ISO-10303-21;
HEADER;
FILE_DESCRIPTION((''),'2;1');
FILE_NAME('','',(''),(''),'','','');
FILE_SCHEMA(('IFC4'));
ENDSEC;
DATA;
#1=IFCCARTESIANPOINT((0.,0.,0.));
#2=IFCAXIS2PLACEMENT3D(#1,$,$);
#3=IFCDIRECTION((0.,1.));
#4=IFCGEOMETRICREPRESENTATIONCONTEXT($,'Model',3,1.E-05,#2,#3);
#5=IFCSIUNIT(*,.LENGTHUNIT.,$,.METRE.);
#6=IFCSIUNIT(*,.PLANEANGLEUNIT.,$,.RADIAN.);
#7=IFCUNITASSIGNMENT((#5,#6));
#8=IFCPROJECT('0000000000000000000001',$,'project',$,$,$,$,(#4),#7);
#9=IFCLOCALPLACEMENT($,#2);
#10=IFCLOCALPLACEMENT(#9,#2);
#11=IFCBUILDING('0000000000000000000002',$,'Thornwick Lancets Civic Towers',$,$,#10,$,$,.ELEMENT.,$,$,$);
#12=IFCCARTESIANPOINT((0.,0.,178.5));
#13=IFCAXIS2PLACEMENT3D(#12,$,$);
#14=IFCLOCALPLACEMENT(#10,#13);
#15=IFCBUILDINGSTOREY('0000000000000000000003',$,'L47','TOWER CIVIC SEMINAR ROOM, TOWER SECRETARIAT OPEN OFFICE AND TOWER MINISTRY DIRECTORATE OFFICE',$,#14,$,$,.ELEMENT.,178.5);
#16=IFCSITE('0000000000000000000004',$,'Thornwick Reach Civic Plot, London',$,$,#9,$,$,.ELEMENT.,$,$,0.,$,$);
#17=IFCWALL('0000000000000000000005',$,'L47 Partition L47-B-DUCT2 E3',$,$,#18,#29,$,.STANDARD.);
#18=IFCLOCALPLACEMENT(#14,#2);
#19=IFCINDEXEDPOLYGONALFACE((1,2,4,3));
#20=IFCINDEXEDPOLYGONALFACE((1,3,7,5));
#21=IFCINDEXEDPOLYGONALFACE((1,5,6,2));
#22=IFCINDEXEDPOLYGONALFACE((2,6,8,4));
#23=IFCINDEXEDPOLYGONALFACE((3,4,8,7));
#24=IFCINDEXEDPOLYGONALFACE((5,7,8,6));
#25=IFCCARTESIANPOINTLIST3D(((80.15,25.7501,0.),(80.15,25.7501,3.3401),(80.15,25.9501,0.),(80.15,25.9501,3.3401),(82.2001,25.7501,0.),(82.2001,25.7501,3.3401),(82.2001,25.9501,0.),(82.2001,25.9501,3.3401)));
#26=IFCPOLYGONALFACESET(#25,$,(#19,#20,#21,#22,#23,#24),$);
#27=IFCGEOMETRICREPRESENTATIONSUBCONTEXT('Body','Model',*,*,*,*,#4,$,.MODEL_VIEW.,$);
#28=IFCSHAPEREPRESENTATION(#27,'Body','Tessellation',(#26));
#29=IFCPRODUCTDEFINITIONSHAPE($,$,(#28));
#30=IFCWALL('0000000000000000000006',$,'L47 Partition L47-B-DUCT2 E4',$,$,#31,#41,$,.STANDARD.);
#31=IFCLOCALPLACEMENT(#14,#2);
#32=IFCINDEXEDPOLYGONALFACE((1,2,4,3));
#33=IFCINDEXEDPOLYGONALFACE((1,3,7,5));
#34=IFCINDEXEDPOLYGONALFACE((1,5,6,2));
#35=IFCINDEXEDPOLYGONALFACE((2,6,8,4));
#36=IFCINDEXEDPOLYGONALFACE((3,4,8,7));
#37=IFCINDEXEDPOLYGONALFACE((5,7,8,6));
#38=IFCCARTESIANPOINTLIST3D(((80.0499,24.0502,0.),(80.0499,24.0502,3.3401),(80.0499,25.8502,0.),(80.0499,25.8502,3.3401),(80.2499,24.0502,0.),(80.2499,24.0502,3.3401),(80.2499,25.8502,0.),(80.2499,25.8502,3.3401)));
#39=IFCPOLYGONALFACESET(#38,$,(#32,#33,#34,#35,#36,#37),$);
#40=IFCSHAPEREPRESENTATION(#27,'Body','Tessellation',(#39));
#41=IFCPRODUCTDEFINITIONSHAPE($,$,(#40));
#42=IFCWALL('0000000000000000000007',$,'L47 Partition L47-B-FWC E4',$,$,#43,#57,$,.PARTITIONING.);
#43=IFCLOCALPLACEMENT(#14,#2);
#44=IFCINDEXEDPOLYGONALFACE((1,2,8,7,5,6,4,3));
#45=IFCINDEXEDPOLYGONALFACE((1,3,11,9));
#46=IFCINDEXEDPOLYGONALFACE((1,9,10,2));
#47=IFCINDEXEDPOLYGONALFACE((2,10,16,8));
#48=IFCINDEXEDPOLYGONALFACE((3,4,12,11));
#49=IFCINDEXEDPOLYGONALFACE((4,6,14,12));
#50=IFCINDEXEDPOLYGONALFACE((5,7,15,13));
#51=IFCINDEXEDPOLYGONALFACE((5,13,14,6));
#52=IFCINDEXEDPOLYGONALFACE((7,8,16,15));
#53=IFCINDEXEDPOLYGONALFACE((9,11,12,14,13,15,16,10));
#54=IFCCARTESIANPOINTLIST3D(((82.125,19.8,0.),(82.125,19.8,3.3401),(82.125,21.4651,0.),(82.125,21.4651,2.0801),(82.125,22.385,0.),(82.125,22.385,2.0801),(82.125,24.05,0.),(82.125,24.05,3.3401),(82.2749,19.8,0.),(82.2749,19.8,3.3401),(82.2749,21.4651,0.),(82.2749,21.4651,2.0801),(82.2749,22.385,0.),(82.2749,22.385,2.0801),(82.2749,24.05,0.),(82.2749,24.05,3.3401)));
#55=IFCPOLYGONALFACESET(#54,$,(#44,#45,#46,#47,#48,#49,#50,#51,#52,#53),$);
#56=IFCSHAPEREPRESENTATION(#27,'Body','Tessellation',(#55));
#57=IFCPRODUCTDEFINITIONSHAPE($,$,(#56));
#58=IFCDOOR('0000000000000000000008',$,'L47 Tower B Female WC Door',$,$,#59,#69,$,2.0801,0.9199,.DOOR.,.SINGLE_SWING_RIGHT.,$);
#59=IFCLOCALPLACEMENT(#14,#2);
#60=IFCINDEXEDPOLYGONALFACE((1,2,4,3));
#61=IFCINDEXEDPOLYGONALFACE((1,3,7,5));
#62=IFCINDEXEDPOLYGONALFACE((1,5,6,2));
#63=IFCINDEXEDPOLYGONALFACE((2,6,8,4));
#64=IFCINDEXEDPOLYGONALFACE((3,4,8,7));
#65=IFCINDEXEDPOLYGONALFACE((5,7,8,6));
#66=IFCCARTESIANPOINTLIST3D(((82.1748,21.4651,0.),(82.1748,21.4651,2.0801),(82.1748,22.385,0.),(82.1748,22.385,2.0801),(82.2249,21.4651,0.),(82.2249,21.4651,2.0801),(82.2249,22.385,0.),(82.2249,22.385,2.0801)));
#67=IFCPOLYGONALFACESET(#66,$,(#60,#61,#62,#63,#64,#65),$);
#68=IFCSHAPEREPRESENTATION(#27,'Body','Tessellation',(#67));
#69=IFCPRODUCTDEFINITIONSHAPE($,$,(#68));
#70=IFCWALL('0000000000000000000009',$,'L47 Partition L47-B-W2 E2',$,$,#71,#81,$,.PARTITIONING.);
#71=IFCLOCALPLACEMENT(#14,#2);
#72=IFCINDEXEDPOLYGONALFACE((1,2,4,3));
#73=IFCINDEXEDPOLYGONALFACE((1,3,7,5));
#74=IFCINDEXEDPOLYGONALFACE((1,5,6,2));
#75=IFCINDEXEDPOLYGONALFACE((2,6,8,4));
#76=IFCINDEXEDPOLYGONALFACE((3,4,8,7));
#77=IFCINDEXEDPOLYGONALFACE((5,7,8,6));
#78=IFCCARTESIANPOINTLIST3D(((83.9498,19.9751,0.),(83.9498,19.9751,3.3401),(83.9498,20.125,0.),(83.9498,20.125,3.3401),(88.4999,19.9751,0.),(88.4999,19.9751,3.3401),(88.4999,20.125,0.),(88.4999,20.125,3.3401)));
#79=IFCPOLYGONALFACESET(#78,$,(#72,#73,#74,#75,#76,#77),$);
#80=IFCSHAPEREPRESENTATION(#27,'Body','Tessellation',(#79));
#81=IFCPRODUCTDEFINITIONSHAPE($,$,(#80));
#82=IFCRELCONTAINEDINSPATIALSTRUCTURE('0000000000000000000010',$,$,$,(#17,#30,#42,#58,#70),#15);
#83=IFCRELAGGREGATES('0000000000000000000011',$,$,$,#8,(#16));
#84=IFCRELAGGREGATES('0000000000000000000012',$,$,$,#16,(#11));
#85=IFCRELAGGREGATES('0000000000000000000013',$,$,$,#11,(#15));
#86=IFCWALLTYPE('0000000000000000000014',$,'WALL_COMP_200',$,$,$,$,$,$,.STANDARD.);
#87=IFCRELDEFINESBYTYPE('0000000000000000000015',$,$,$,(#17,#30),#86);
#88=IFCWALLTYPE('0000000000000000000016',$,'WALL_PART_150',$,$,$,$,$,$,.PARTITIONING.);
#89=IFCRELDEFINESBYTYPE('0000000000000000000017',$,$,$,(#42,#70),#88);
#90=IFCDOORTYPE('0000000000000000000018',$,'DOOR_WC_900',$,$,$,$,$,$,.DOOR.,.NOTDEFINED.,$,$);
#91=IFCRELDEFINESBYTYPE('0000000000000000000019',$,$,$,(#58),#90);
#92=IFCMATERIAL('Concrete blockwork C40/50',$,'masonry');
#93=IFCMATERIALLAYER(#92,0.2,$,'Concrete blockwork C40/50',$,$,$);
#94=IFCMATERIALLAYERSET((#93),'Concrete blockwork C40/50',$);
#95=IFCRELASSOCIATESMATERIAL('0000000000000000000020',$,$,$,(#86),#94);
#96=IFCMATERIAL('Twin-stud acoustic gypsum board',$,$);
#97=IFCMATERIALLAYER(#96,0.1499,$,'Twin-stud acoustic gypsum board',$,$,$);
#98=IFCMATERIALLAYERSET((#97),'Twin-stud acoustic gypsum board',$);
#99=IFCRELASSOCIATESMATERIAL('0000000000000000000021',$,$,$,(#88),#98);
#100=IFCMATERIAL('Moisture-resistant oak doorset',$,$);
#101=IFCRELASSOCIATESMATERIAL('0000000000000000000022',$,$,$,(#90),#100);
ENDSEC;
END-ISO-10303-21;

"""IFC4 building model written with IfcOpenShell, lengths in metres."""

from ifc_helpers import new_model, si_unit, direction, frame, frame_2d, origin, place, context, subcontext, project, spatial, rectangle, extrude, material, layer, layer_set, type_object, element, fill, save


model = new_model("IFC4")

# Units and contexts
model_context = context("Model", 3, precision=1e-05, world=origin(), true_north=direction((0.0, 1.0)))
body_context = subcontext(model_context, "Body", "Model", "MODEL_VIEW")
ifc_project = project(units=[si_unit("LENGTHUNIT", "METRE"), si_unit("PLANEANGLEUNIT", "RADIAN")], contexts=[model_context])

# Site, building, storey
site_placement = place(None, origin())
site = spatial("IfcSite", under=ifc_project, at=site_placement, Name="Thornwick Reach Civic Plot, London", CompositionType="ELEMENT", RefElevation=0.0)
building_placement = place(site_placement, origin())
building = spatial("IfcBuilding", under=site, at=building_placement, Name="Thornwick Lancets Civic Towers", CompositionType="ELEMENT")
storey_placement = place(building_placement, frame((0.0, 0.0, 178.5)))
storey = spatial("IfcBuildingStorey", under=building, at=storey_placement, Name="L47", Description="TOWER CIVIC SEMINAR ROOM, TOWER SECRETARIAT OPEN OFFICE AND TOWER MINISTRY DIRECTORATE OFFICE", CompositionType="ELEMENT", Elevation=178.5)

# Shared definitions
ifc_material_1 = material(Name="Concrete blockwork C40/50", Category="masonry")
ifc_layer_1 = layer(ifc_material_1, 0.2, Name="Concrete blockwork C40/50")
ifc_layer_set_1 = layer_set([ifc_layer_1], Name="Concrete blockwork C40/50")
wall_type_1 = type_object("IfcWallType", Name="WALL_COMP_200", PredefinedType="STANDARD", material=ifc_layer_set_1)

# Walls
wall_1_placement = place(storey_placement, frame((82.2, 25.8501, 0.0), z_axis=(0.0, 0.0, 1.0), x_axis=(-1.0, 0.0, 0.0)))
element("IfcWall", 1, at=wall_1_placement, inside=storey, type_object=wall_type_1, Name="L47 Partition L47-B-DUCT2 E3", PredefinedType="STANDARD", context=body_context, shape_type="SweptSolid", body=[
    extrude(rectangle(XDim=2.05, YDim=0.2, at=frame_2d((1.0249, 0.0))), origin(), (0.0, 0.0, 1.0), 3.3401),
])
wall_2_placement = place(storey_placement, frame((80.1499, 25.8501, 0.0), z_axis=(0.0, 0.0, 1.0), x_axis=(0.0, -1.0, 0.0)))
element("IfcWall", 2, at=wall_2_placement, inside=storey, type_object=wall_type_1, Name="L47 Partition L47-B-DUCT2 E4", PredefinedType="STANDARD", context=body_context, shape_type="SweptSolid", body=[
    extrude(rectangle(XDim=1.8, YDim=0.2, at=frame_2d((0.8999, 0.0))), origin(), (0.0, 0.0, 1.0), 3.3401),
])

# Wall, opening, door
ifc_material_2 = material(Name="Twin-stud acoustic gypsum board")
ifc_layer_2 = layer(ifc_material_2, 0.1499, Name="Twin-stud acoustic gypsum board")
ifc_layer_set_2 = layer_set([ifc_layer_2], Name="Twin-stud acoustic gypsum board")
wall_type_2 = type_object("IfcWallType", Name="WALL_PART_150", PredefinedType="PARTITIONING", material=ifc_layer_set_2)
wall_3_placement = place(storey_placement, frame((82.2, 24.05, 0.0), z_axis=(0.0, 0.0, 1.0), x_axis=(0.0, -1.0, 0.0)))
wall_3 = element("IfcWall", 3, at=wall_3_placement, inside=storey, type_object=wall_type_2, Name="L47 Partition L47-B-FWC E4", PredefinedType="PARTITIONING", context=body_context, shape_type="SweptSolid", body=[
    extrude(rectangle(XDim=4.25, YDim=0.1499, at=frame_2d((2.125, 0.0))), origin(), (0.0, 0.0, 1.0), 3.3401),
])
opening_1_placement = place(wall_3_placement, frame((1.665, 0.0, 0.0)))
opening_1 = element("IfcOpeningElement", 4, at=opening_1_placement, cuts=wall_3, PredefinedType="OPENING", context=body_context, shape_type="SweptSolid", body=[
    extrude(rectangle(XDim=0.9199, YDim=2.0801, at=frame_2d((0.46, 1.04))), frame((0.0, 0.085, 0.0), z_axis=(0.0, -1.0, 0.0), x_axis=(1.0, 0.0, 0.0)), (0.0, 0.0, 1.0), 0.1699),
])
ifc_material_3 = material(Name="Moisture-resistant oak doorset")
door_type_1 = type_object("IfcDoorType", Name="DOOR_WC_900", OperationType="NOTDEFINED", PredefinedType="DOOR", material=ifc_material_3)
door_1_placement = place(opening_1_placement, origin())
door_1 = element("IfcDoor", 5, at=door_1_placement, inside=storey, type_object=door_type_1, Name="L47 Tower B Female WC Door", OperationType="SINGLE_SWING_RIGHT", OverallHeight=2.0801, OverallWidth=0.9199, PredefinedType="DOOR", context=body_context, shape_type="SweptSolid", body=[
    extrude(rectangle(XDim=0.9199, YDim=2.0801, at=frame_2d((0.46, 1.04))), frame((0.0, 0.0249, 0.0), z_axis=(0.0, -1.0, 0.0), x_axis=(1.0, 0.0, 0.0)), (0.0, 0.0, 1.0), 0.05),
])
fill(opening_1, door_1)

# Wall
wall_4_placement = place(storey_placement, frame((83.95, 20.05, 0.0), z_axis=(0.0, 0.0, 1.0), x_axis=(1.0, 0.0, 0.0)))
element("IfcWall", 6, at=wall_4_placement, inside=storey, type_object=wall_type_2, Name="L47 Partition L47-B-W2 E2", PredefinedType="PARTITIONING", context=body_context, shape_type="SweptSolid", body=[
    extrude(rectangle(XDim=4.55, YDim=0.1499, at=frame_2d((2.2749, 0.0))), origin(), (0.0, 0.0, 1.0), 3.3401),
])

save(model, "model.ifc")
